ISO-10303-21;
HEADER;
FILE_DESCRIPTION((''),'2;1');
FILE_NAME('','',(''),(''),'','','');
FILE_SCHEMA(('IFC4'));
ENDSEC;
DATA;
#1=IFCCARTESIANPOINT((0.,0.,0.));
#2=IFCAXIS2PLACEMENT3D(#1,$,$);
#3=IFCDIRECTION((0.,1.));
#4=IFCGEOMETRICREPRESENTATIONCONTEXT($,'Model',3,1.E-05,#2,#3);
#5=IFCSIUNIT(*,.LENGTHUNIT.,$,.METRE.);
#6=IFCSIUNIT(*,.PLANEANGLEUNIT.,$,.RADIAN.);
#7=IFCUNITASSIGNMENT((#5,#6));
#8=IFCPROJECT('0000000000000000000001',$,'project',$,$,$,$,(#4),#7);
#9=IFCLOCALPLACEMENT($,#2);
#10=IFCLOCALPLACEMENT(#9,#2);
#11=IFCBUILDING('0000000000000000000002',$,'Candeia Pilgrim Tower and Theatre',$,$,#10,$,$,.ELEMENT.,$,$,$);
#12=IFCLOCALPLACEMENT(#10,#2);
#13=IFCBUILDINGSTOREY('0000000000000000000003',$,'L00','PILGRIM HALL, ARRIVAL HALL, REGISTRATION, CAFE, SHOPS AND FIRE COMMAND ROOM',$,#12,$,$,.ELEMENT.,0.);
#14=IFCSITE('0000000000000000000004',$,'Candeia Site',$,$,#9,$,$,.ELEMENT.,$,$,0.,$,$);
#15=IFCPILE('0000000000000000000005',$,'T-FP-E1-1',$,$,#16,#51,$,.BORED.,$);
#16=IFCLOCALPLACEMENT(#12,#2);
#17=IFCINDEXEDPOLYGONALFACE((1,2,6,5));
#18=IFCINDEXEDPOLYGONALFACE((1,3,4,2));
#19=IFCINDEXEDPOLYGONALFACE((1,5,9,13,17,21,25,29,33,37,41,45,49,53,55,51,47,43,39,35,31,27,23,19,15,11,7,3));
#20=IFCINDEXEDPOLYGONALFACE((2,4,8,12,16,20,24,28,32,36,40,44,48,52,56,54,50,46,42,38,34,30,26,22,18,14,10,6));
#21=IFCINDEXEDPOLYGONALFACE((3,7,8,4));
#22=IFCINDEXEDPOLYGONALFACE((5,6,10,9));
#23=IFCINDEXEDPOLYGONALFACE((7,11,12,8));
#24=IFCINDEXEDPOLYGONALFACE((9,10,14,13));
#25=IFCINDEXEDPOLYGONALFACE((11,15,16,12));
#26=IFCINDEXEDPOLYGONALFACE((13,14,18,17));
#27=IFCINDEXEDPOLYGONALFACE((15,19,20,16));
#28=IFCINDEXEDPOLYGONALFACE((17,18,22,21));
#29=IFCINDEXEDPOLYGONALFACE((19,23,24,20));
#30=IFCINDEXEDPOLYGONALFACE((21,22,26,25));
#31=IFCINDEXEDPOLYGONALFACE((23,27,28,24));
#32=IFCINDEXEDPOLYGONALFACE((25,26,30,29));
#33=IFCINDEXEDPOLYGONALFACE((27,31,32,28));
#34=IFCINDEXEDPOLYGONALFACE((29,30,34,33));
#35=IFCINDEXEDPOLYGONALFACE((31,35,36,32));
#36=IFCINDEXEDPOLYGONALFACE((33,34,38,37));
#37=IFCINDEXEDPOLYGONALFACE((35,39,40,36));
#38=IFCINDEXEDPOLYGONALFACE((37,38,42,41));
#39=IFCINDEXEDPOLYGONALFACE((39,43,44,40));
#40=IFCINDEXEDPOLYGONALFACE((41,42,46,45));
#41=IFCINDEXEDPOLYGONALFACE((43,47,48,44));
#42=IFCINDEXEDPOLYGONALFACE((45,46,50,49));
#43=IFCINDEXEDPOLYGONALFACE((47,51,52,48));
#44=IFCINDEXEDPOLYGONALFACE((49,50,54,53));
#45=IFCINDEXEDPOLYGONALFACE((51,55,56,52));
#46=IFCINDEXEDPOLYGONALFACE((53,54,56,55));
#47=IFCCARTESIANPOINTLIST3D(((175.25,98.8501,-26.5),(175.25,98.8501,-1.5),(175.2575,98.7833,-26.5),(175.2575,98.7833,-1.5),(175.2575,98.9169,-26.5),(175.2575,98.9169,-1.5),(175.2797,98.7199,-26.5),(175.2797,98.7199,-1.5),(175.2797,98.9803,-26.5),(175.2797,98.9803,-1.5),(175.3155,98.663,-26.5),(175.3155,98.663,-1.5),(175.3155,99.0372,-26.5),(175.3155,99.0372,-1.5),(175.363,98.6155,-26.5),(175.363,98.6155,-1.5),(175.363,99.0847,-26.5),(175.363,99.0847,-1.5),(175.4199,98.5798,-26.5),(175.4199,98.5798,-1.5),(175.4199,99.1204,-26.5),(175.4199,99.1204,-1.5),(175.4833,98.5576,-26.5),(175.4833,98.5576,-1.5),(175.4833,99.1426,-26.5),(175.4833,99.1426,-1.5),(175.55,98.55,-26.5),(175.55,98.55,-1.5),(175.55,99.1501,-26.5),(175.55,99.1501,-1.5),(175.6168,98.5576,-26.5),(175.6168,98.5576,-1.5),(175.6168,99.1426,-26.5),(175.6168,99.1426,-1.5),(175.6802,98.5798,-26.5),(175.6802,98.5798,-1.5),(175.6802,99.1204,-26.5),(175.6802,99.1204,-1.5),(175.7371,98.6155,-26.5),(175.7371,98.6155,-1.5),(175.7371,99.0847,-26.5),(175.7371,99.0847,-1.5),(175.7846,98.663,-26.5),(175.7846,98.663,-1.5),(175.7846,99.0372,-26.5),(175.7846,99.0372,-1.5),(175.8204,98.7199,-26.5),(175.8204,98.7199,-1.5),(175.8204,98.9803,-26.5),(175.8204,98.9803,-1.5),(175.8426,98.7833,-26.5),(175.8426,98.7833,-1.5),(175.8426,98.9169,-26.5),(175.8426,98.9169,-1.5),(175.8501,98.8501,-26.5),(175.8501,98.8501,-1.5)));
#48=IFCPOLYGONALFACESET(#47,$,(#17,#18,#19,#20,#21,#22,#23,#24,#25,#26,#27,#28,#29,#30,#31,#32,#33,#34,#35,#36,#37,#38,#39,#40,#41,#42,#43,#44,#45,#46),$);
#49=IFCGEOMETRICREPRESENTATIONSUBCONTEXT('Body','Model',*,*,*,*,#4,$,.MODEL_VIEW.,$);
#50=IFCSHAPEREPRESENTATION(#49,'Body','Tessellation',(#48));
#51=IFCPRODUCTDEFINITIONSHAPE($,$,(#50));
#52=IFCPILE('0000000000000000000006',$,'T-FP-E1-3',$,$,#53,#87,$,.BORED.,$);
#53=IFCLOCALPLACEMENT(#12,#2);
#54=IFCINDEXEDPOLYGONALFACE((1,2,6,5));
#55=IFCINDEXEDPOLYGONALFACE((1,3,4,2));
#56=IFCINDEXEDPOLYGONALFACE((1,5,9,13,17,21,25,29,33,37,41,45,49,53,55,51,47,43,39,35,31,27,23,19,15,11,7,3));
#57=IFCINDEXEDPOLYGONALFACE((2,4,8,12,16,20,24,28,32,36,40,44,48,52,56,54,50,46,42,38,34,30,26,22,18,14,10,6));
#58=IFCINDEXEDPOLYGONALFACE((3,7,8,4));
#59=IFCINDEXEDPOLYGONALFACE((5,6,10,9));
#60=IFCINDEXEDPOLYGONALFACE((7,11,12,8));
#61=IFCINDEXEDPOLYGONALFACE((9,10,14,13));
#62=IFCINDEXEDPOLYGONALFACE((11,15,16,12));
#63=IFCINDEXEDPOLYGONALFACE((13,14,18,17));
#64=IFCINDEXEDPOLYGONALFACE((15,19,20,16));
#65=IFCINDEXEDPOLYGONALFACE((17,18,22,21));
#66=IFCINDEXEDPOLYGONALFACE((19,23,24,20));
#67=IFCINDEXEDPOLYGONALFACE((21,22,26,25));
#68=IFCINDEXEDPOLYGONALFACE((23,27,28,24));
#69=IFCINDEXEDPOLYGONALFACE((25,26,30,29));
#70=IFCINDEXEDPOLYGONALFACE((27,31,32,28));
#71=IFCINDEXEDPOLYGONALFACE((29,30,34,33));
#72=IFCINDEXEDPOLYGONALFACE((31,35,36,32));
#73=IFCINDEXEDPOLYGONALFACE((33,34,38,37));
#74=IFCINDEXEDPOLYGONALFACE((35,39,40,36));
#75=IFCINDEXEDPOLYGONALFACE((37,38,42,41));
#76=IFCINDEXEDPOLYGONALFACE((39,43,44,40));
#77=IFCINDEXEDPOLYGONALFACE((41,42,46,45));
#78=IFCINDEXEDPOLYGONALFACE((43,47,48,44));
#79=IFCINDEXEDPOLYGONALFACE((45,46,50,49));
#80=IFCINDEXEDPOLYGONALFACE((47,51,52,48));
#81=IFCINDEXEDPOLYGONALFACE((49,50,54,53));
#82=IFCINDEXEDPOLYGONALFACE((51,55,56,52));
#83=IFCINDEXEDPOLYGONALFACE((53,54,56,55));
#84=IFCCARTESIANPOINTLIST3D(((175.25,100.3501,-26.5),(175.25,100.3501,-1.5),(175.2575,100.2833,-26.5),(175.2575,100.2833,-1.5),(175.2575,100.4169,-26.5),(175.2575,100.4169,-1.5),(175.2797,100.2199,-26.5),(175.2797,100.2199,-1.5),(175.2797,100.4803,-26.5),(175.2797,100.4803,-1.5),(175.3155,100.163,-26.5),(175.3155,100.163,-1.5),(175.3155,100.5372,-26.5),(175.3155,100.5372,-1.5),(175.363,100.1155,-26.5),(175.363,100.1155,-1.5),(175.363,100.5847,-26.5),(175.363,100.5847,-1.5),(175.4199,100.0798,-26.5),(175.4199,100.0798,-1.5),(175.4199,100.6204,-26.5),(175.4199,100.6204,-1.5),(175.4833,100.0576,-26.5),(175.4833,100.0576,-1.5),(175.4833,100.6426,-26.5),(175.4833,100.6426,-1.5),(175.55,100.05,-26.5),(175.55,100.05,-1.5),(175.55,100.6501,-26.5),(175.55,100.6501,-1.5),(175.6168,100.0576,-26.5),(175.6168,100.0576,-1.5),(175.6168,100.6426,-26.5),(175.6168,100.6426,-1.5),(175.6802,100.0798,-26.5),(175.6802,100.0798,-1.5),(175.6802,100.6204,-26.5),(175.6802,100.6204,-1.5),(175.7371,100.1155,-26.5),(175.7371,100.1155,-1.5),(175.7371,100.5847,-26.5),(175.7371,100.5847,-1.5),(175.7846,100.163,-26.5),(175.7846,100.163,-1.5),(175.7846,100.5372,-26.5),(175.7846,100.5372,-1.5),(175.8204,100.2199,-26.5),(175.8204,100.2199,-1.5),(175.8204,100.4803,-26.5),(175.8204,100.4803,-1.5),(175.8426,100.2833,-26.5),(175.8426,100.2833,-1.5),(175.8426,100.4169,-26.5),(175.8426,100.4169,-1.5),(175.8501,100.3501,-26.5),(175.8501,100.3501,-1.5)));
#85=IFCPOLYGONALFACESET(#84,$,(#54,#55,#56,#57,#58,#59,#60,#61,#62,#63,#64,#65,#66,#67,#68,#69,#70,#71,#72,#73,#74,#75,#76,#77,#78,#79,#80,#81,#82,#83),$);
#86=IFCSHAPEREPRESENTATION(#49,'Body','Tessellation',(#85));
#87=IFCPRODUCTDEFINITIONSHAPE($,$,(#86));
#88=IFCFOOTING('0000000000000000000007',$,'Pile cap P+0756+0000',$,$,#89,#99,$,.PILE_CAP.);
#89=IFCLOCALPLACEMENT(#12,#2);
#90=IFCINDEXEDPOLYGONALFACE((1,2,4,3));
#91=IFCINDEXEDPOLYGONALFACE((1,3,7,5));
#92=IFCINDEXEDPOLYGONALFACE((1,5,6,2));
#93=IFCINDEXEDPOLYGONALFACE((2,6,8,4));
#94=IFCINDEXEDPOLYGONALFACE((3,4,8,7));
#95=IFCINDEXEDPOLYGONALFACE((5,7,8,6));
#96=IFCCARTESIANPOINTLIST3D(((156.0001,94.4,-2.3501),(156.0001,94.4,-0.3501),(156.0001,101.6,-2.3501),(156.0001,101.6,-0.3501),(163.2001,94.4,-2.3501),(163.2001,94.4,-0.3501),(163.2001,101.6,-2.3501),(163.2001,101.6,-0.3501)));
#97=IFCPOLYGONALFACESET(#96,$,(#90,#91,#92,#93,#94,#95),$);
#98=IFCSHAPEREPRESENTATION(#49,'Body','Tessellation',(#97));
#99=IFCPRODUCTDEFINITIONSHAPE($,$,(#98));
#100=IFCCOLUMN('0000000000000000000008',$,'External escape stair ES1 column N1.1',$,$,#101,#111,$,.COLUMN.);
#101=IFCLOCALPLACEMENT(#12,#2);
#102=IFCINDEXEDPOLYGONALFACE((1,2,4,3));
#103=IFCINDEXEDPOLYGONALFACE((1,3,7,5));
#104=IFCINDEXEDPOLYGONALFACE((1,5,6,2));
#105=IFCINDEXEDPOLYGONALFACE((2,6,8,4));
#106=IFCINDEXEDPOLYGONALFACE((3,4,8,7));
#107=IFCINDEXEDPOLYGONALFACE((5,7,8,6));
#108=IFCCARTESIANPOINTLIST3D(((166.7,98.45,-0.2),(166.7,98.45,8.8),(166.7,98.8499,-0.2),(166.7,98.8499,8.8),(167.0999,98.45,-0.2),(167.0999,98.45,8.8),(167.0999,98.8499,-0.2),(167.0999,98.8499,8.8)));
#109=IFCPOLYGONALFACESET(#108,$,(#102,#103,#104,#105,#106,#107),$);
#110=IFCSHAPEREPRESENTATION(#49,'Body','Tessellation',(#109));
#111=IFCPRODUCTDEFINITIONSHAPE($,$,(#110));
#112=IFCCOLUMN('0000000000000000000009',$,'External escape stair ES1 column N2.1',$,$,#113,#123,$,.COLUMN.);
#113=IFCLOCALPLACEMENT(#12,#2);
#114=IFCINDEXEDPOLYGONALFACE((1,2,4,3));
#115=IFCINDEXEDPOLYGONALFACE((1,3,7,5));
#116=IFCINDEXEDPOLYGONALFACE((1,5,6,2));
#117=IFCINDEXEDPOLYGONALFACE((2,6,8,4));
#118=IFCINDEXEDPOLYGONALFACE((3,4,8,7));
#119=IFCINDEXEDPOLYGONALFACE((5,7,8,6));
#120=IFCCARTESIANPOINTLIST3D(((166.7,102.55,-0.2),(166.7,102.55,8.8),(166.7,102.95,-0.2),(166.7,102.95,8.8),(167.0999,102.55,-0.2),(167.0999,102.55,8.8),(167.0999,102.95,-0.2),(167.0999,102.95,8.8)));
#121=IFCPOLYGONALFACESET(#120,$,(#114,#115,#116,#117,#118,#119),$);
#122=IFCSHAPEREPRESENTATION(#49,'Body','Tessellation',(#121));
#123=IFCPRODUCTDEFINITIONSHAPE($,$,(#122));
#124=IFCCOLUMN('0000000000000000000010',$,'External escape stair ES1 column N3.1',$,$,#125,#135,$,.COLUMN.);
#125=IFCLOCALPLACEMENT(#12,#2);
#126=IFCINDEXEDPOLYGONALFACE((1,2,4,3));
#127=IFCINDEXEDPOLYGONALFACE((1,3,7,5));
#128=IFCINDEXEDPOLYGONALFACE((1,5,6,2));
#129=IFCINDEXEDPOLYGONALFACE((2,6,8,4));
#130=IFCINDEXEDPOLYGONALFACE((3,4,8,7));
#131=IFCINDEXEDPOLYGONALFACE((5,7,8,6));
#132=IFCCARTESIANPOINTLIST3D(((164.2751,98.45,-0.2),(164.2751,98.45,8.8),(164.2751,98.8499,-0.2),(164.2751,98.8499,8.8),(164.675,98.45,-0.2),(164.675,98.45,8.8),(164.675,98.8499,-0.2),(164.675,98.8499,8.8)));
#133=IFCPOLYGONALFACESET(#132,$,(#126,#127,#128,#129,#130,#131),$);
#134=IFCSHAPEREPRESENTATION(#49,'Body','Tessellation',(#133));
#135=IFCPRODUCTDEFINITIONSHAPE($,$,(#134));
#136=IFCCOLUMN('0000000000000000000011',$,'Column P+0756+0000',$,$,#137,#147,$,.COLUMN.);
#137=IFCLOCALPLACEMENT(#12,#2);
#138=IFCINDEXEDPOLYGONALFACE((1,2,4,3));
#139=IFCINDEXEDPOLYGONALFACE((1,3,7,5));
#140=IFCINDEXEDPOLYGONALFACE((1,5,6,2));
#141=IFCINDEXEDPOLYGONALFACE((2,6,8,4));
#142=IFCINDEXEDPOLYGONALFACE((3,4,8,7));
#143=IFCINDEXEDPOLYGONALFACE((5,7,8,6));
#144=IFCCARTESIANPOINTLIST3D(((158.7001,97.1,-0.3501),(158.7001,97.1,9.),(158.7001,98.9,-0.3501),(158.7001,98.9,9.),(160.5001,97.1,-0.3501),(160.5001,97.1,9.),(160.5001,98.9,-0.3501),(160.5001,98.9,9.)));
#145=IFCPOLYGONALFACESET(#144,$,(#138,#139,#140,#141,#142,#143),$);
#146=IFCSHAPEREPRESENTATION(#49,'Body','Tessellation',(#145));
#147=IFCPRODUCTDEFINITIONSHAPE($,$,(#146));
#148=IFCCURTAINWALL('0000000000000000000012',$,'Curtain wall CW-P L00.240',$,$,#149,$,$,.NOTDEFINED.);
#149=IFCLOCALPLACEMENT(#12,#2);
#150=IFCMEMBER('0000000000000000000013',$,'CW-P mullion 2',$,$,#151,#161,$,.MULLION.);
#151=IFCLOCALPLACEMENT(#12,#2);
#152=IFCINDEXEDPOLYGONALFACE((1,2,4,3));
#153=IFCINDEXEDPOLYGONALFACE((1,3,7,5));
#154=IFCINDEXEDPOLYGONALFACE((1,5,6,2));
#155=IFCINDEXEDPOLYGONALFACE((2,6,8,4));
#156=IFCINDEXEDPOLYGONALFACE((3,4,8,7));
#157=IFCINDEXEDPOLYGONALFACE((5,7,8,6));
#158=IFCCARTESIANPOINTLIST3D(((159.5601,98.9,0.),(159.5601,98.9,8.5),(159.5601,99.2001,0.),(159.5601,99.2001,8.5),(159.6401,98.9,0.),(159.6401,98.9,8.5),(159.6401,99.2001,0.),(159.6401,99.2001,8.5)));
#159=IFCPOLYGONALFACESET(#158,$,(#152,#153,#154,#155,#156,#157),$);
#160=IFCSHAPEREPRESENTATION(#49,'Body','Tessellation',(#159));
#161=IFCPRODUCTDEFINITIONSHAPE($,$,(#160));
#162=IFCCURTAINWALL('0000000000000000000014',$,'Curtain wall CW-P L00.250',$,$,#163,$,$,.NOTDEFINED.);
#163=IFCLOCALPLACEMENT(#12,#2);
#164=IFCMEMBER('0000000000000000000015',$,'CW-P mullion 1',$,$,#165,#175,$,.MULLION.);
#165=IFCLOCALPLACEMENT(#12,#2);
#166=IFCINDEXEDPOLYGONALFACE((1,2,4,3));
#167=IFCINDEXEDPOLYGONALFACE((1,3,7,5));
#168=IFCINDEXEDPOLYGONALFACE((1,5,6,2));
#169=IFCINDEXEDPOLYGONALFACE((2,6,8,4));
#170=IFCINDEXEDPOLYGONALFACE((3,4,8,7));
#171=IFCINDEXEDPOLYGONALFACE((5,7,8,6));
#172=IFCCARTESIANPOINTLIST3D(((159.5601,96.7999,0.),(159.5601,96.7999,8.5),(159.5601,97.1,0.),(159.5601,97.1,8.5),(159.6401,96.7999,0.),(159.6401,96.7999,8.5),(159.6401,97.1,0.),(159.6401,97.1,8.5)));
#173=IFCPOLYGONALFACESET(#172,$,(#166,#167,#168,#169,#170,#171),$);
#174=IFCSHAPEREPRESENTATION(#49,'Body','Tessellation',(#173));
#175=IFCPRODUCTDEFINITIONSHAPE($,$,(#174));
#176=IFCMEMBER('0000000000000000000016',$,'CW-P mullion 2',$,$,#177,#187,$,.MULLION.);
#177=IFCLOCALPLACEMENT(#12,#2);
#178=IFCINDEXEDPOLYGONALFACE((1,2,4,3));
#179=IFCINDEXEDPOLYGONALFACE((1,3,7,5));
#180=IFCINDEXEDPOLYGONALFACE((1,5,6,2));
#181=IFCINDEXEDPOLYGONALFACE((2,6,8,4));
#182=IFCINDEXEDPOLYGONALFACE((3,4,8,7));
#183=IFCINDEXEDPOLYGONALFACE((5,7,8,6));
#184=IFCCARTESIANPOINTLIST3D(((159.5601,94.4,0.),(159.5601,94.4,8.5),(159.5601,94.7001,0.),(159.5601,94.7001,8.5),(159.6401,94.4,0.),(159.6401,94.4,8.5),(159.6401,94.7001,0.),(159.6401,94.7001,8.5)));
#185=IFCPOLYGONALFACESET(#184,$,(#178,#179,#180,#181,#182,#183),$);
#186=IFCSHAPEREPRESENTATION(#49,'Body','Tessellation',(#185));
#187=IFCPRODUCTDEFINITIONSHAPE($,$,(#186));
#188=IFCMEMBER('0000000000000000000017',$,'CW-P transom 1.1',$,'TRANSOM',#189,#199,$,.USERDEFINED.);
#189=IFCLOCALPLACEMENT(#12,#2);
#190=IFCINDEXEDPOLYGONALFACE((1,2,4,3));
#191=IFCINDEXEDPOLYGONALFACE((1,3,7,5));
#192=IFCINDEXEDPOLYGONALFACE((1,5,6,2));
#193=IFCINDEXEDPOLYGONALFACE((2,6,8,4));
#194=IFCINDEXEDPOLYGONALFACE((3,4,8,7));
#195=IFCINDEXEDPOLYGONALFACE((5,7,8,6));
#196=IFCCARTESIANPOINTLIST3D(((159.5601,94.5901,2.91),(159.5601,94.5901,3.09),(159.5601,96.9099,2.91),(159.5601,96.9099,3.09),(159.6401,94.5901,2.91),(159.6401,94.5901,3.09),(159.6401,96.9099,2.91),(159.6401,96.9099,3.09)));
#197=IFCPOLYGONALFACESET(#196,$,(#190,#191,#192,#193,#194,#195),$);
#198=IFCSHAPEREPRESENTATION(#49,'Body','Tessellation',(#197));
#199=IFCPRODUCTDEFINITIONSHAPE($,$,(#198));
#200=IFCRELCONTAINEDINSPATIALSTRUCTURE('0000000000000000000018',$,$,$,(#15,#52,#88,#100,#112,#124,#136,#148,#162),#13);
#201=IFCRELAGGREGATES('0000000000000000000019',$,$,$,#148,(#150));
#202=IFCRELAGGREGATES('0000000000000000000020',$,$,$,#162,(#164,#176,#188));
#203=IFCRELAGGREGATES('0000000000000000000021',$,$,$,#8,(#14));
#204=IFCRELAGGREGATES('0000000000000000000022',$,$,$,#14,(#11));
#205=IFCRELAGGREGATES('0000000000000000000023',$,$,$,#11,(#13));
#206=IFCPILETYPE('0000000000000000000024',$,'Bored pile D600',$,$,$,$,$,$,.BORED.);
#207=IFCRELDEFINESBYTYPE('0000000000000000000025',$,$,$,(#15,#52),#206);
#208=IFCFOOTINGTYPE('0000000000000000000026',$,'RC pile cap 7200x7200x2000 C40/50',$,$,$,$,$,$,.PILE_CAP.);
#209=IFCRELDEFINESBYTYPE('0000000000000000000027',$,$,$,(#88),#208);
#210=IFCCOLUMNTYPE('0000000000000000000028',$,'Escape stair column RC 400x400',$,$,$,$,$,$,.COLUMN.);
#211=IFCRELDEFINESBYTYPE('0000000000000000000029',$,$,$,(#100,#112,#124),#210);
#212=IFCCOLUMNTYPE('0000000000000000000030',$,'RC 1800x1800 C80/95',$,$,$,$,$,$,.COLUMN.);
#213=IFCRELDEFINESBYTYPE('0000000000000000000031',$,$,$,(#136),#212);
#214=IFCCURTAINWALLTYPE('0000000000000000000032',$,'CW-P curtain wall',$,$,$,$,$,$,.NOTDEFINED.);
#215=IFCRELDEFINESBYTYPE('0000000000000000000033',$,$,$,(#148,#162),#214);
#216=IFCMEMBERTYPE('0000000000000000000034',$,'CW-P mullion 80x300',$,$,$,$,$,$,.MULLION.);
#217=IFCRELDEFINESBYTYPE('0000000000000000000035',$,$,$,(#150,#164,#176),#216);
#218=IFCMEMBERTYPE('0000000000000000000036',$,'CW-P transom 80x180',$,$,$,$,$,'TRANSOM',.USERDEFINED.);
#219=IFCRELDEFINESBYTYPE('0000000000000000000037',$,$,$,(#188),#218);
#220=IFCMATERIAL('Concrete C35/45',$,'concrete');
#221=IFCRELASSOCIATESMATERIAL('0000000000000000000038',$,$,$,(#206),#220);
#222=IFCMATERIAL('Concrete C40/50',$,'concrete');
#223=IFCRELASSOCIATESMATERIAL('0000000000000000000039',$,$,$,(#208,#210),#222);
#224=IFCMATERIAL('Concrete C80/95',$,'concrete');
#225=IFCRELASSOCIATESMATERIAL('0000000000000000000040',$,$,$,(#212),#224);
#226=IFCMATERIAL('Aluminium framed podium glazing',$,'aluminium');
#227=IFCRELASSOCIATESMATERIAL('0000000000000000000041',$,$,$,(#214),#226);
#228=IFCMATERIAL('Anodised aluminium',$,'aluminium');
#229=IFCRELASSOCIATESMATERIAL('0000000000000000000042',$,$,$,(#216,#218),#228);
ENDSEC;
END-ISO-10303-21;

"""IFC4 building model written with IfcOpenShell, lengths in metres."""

from ifc_helpers import new_model, si_unit, direction, frame, origin, origin_2d, place, context, subcontext, project, spatial, rectangle, circle, extrude, material, material_profile, profile_set, type_object, element, aggregate, save


model = new_model("IFC4")

# Units and contexts
model_context = context("Model", 3, precision=1e-05, world=origin(), true_north=direction((0.0, 1.0)))
body_context = subcontext(model_context, "Body", "Model", "MODEL_VIEW")
ifc_project = project(units=[si_unit("LENGTHUNIT", "METRE"), si_unit("PLANEANGLEUNIT", "RADIAN")], contexts=[model_context])

# Site, building, storey
site_placement = place(None, origin())
site = spatial("IfcSite", under=ifc_project, at=site_placement, Name="Candeia Site", CompositionType="ELEMENT", RefElevation=0.0)
building_placement = place(site_placement, origin())
building = spatial("IfcBuilding", under=site, at=building_placement, Name="Candeia Pilgrim Tower and Theatre", CompositionType="ELEMENT")
storey_placement = place(building_placement, origin())
storey = spatial("IfcBuildingStorey", under=building, at=storey_placement, Name="L00", Description="PILGRIM HALL, ARRIVAL HALL, REGISTRATION, CAFE, SHOPS AND FIRE COMMAND ROOM", CompositionType="ELEMENT", Elevation=0.0)

# Piles
ifc_material_1 = material(Name="Concrete C40/50", Category="concrete")
ifc_material_2 = material(Name="Concrete C35/45", Category="concrete")
pile_type_1 = type_object("IfcPileType", Name="Bored pile D600", PredefinedType="BORED", material=ifc_material_2)
for number, where, z_axis, x_axis, name in (
    (1, (175.55, 98.8501, -1.5), (0.0, 0.0, -1.0), (1.0, 0.0, 0.0), "T-FP-E1-1"),
    (2, (175.55, 100.3501, -1.5), (0.0, 0.0, -1.0), (1.0, 0.0, 0.0), "T-FP-E1-3"),
):
    element("IfcPile", number, at=place(storey_placement, frame(where, z_axis=z_axis, x_axis=x_axis)), inside=storey, type_object=pile_type_1, Name=name, PredefinedType="BORED", context=body_context, shape_type="SweptSolid", body=[
        extrude(circle(Radius=0.3, at=origin_2d()), origin(), (0.0, 0.0, 1.0), 25.0),
    ])

# Footing
footing_type = type_object("IfcFootingType", Name="RC pile cap 7200x7200x2000 C40/50", PredefinedType="PILE_CAP", material=ifc_material_1)
footing_placement = place(storey_placement, frame((159.6001, 98.0, -2.3501), z_axis=(0.0, 0.0, 1.0), x_axis=(1.0, 0.0, 0.0)))
element("IfcFooting", 3, at=footing_placement, inside=storey, type_object=footing_type, Name="Pile cap P+0756+0000", PredefinedType="PILE_CAP", context=body_context, shape_type="SweptSolid", body=[
    extrude(rectangle(XDim=7.2, YDim=7.2, at=origin_2d()), origin(), (0.0, 0.0, 1.0), 2.0),
])

# Columns
ifc_material_profile_1 = material_profile(ifc_material_1, rectangle(XDim=0.3999, YDim=0.3999, at=origin_2d()))
ifc_profile_set_1 = profile_set([ifc_material_profile_1], Name="Concrete C40/50")
column_type_1 = type_object("IfcColumnType", Name="Escape stair column RC 400x400", PredefinedType="COLUMN", material=ifc_profile_set_1)
for number, where, z_axis, x_axis, name in (
    (4, (166.8999, 98.6499, -0.2), (0.0, 0.0, 1.0), (1.0, 0.0, 0.0), "External escape stair ES1 column N1.1"),
    (5, (166.8999, 102.75, -0.2), (0.0, 0.0, 1.0), (1.0, 0.0, 0.0), "External escape stair ES1 column N2.1"),
    (6, (164.4751, 98.6499, -0.2), (0.0, 0.0, 1.0), (1.0, 0.0, 0.0), "External escape stair ES1 column N3.1"),
):
    element("IfcColumn", number, at=place(storey_placement, frame(where, z_axis=z_axis, x_axis=x_axis)), inside=storey, type_object=column_type_1, Name=name, PredefinedType="COLUMN", context=body_context, shape_type="SweptSolid", body=[
        extrude(rectangle(XDim=0.3999, YDim=0.3999, at=origin_2d()), origin(), (0.0, 0.0, 1.0), 9.0),
    ])
ifc_material_3 = material(Name="Concrete C80/95", Category="concrete")
ifc_material_profile_2 = material_profile(ifc_material_3, rectangle(XDim=1.8, YDim=1.8, at=origin_2d()))
ifc_profile_set_2 = profile_set([ifc_material_profile_2], Name="Concrete C80/95")
column_type_2 = type_object("IfcColumnType", Name="RC 1800x1800 C80/95", PredefinedType="COLUMN", material=ifc_profile_set_2)
column_placement = place(storey_placement, frame((159.6001, 98.0, -0.3501), z_axis=(0.0, 0.0, 1.0), x_axis=(1.0, 0.0, 0.0)))
element("IfcColumn", 7, at=column_placement, inside=storey, type_object=column_type_2, Name="Column P+0756+0000", PredefinedType="COLUMN", context=body_context, shape_type="SweptSolid", body=[
    extrude(rectangle(XDim=1.8, YDim=1.8, at=origin_2d()), origin(), (0.0, 0.0, 1.0), 9.3501),
])

# Curtain wall, member
ifc_material_4 = material(Name="Aluminium framed podium glazing", Category="aluminium")
curtain_wall_type = type_object("IfcCurtainWallType", Name="CW-P curtain wall", PredefinedType="NOTDEFINED", material=ifc_material_4)
curtain_wall_1_placement = place(storey_placement, origin())
curtain_wall_1 = element("IfcCurtainWall", 8, at=curtain_wall_1_placement, inside=storey, type_object=curtain_wall_type, Name="Curtain wall CW-P L00.240", PredefinedType="NOTDEFINED")
ifc_material_5 = material(Name="Anodised aluminium", Category="aluminium")
ifc_material_profile_3 = material_profile(ifc_material_5, rectangle(XDim=0.0801, YDim=0.3, at=origin_2d()))
ifc_profile_set_3 = profile_set([ifc_material_profile_3], Name="Anodised aluminium")
member_type_1 = type_object("IfcMemberType", Name="CW-P mullion 80x300", PredefinedType="MULLION", material=ifc_profile_set_3)
member_1_placement = place(storey_placement, frame((159.6001, 99.05, 0.0), z_axis=(0.0, 0.0, 1.0), x_axis=(1.0, 0.0, 0.0)))
member_1 = element("IfcMember", 9, at=member_1_placement, type_object=member_type_1, Name="CW-P mullion 2", PredefinedType="MULLION", context=body_context, shape_type="SweptSolid", body=[
    extrude(rectangle(XDim=0.0801, YDim=0.3, at=origin_2d()), origin(), (0.0, 0.0, 1.0), 8.5),
])

# Curtain wall, members
curtain_wall_2_placement = place(storey_placement, origin())
curtain_wall_2 = element("IfcCurtainWall", 10, at=curtain_wall_2_placement, inside=storey, type_object=curtain_wall_type, Name="Curtain wall CW-P L00.250", PredefinedType="NOTDEFINED")
member_2_placement = place(storey_placement, frame((159.6001, 96.95, 0.0), z_axis=(0.0, 0.0, 1.0), x_axis=(1.0, 0.0, 0.0)))
member_2 = element("IfcMember", 11, at=member_2_placement, type_object=member_type_1, Name="CW-P mullion 1", PredefinedType="MULLION", context=body_context, shape_type="SweptSolid", body=[
    extrude(rectangle(XDim=0.0801, YDim=0.3, at=origin_2d()), origin(), (0.0, 0.0, 1.0), 8.5),
])
member_3_placement = place(storey_placement, frame((159.6001, 94.55, 0.0), z_axis=(0.0, 0.0, 1.0), x_axis=(1.0, 0.0, 0.0)))
member_3 = element("IfcMember", 12, at=member_3_placement, type_object=member_type_1, Name="CW-P mullion 2", PredefinedType="MULLION", context=body_context, shape_type="SweptSolid", body=[
    extrude(rectangle(XDim=0.0801, YDim=0.3, at=origin_2d()), origin(), (0.0, 0.0, 1.0), 8.5),
])
ifc_material_profile_4 = material_profile(ifc_material_5, rectangle(XDim=0.0801, YDim=0.1799, at=origin_2d()))
ifc_profile_set_4 = profile_set([ifc_material_profile_4], Name="Anodised aluminium")
member_type_2 = type_object("IfcMemberType", Name="CW-P transom 80x180", ElementType="TRANSOM", PredefinedType="USERDEFINED", material=ifc_profile_set_4)
member_4_placement = place(storey_placement, frame((159.6001, 96.9099, 3.0), z_axis=(0.0, -1.0, 0.0), x_axis=(1.0, 0.0, 0.0)))
member_4 = element("IfcMember", 13, at=member_4_placement, type_object=member_type_2, Name="CW-P transom 1.1", ObjectType="TRANSOM", PredefinedType="USERDEFINED", context=body_context, shape_type="SweptSolid", body=[
    extrude(rectangle(XDim=0.0801, YDim=0.1799, at=origin_2d()), origin(), (0.0, 0.0, 1.0), 2.3198),
])

aggregate(curtain_wall_1, [member_1])
aggregate(curtain_wall_2, [member_2, member_3, member_4])

save(model, "model.ifc")
